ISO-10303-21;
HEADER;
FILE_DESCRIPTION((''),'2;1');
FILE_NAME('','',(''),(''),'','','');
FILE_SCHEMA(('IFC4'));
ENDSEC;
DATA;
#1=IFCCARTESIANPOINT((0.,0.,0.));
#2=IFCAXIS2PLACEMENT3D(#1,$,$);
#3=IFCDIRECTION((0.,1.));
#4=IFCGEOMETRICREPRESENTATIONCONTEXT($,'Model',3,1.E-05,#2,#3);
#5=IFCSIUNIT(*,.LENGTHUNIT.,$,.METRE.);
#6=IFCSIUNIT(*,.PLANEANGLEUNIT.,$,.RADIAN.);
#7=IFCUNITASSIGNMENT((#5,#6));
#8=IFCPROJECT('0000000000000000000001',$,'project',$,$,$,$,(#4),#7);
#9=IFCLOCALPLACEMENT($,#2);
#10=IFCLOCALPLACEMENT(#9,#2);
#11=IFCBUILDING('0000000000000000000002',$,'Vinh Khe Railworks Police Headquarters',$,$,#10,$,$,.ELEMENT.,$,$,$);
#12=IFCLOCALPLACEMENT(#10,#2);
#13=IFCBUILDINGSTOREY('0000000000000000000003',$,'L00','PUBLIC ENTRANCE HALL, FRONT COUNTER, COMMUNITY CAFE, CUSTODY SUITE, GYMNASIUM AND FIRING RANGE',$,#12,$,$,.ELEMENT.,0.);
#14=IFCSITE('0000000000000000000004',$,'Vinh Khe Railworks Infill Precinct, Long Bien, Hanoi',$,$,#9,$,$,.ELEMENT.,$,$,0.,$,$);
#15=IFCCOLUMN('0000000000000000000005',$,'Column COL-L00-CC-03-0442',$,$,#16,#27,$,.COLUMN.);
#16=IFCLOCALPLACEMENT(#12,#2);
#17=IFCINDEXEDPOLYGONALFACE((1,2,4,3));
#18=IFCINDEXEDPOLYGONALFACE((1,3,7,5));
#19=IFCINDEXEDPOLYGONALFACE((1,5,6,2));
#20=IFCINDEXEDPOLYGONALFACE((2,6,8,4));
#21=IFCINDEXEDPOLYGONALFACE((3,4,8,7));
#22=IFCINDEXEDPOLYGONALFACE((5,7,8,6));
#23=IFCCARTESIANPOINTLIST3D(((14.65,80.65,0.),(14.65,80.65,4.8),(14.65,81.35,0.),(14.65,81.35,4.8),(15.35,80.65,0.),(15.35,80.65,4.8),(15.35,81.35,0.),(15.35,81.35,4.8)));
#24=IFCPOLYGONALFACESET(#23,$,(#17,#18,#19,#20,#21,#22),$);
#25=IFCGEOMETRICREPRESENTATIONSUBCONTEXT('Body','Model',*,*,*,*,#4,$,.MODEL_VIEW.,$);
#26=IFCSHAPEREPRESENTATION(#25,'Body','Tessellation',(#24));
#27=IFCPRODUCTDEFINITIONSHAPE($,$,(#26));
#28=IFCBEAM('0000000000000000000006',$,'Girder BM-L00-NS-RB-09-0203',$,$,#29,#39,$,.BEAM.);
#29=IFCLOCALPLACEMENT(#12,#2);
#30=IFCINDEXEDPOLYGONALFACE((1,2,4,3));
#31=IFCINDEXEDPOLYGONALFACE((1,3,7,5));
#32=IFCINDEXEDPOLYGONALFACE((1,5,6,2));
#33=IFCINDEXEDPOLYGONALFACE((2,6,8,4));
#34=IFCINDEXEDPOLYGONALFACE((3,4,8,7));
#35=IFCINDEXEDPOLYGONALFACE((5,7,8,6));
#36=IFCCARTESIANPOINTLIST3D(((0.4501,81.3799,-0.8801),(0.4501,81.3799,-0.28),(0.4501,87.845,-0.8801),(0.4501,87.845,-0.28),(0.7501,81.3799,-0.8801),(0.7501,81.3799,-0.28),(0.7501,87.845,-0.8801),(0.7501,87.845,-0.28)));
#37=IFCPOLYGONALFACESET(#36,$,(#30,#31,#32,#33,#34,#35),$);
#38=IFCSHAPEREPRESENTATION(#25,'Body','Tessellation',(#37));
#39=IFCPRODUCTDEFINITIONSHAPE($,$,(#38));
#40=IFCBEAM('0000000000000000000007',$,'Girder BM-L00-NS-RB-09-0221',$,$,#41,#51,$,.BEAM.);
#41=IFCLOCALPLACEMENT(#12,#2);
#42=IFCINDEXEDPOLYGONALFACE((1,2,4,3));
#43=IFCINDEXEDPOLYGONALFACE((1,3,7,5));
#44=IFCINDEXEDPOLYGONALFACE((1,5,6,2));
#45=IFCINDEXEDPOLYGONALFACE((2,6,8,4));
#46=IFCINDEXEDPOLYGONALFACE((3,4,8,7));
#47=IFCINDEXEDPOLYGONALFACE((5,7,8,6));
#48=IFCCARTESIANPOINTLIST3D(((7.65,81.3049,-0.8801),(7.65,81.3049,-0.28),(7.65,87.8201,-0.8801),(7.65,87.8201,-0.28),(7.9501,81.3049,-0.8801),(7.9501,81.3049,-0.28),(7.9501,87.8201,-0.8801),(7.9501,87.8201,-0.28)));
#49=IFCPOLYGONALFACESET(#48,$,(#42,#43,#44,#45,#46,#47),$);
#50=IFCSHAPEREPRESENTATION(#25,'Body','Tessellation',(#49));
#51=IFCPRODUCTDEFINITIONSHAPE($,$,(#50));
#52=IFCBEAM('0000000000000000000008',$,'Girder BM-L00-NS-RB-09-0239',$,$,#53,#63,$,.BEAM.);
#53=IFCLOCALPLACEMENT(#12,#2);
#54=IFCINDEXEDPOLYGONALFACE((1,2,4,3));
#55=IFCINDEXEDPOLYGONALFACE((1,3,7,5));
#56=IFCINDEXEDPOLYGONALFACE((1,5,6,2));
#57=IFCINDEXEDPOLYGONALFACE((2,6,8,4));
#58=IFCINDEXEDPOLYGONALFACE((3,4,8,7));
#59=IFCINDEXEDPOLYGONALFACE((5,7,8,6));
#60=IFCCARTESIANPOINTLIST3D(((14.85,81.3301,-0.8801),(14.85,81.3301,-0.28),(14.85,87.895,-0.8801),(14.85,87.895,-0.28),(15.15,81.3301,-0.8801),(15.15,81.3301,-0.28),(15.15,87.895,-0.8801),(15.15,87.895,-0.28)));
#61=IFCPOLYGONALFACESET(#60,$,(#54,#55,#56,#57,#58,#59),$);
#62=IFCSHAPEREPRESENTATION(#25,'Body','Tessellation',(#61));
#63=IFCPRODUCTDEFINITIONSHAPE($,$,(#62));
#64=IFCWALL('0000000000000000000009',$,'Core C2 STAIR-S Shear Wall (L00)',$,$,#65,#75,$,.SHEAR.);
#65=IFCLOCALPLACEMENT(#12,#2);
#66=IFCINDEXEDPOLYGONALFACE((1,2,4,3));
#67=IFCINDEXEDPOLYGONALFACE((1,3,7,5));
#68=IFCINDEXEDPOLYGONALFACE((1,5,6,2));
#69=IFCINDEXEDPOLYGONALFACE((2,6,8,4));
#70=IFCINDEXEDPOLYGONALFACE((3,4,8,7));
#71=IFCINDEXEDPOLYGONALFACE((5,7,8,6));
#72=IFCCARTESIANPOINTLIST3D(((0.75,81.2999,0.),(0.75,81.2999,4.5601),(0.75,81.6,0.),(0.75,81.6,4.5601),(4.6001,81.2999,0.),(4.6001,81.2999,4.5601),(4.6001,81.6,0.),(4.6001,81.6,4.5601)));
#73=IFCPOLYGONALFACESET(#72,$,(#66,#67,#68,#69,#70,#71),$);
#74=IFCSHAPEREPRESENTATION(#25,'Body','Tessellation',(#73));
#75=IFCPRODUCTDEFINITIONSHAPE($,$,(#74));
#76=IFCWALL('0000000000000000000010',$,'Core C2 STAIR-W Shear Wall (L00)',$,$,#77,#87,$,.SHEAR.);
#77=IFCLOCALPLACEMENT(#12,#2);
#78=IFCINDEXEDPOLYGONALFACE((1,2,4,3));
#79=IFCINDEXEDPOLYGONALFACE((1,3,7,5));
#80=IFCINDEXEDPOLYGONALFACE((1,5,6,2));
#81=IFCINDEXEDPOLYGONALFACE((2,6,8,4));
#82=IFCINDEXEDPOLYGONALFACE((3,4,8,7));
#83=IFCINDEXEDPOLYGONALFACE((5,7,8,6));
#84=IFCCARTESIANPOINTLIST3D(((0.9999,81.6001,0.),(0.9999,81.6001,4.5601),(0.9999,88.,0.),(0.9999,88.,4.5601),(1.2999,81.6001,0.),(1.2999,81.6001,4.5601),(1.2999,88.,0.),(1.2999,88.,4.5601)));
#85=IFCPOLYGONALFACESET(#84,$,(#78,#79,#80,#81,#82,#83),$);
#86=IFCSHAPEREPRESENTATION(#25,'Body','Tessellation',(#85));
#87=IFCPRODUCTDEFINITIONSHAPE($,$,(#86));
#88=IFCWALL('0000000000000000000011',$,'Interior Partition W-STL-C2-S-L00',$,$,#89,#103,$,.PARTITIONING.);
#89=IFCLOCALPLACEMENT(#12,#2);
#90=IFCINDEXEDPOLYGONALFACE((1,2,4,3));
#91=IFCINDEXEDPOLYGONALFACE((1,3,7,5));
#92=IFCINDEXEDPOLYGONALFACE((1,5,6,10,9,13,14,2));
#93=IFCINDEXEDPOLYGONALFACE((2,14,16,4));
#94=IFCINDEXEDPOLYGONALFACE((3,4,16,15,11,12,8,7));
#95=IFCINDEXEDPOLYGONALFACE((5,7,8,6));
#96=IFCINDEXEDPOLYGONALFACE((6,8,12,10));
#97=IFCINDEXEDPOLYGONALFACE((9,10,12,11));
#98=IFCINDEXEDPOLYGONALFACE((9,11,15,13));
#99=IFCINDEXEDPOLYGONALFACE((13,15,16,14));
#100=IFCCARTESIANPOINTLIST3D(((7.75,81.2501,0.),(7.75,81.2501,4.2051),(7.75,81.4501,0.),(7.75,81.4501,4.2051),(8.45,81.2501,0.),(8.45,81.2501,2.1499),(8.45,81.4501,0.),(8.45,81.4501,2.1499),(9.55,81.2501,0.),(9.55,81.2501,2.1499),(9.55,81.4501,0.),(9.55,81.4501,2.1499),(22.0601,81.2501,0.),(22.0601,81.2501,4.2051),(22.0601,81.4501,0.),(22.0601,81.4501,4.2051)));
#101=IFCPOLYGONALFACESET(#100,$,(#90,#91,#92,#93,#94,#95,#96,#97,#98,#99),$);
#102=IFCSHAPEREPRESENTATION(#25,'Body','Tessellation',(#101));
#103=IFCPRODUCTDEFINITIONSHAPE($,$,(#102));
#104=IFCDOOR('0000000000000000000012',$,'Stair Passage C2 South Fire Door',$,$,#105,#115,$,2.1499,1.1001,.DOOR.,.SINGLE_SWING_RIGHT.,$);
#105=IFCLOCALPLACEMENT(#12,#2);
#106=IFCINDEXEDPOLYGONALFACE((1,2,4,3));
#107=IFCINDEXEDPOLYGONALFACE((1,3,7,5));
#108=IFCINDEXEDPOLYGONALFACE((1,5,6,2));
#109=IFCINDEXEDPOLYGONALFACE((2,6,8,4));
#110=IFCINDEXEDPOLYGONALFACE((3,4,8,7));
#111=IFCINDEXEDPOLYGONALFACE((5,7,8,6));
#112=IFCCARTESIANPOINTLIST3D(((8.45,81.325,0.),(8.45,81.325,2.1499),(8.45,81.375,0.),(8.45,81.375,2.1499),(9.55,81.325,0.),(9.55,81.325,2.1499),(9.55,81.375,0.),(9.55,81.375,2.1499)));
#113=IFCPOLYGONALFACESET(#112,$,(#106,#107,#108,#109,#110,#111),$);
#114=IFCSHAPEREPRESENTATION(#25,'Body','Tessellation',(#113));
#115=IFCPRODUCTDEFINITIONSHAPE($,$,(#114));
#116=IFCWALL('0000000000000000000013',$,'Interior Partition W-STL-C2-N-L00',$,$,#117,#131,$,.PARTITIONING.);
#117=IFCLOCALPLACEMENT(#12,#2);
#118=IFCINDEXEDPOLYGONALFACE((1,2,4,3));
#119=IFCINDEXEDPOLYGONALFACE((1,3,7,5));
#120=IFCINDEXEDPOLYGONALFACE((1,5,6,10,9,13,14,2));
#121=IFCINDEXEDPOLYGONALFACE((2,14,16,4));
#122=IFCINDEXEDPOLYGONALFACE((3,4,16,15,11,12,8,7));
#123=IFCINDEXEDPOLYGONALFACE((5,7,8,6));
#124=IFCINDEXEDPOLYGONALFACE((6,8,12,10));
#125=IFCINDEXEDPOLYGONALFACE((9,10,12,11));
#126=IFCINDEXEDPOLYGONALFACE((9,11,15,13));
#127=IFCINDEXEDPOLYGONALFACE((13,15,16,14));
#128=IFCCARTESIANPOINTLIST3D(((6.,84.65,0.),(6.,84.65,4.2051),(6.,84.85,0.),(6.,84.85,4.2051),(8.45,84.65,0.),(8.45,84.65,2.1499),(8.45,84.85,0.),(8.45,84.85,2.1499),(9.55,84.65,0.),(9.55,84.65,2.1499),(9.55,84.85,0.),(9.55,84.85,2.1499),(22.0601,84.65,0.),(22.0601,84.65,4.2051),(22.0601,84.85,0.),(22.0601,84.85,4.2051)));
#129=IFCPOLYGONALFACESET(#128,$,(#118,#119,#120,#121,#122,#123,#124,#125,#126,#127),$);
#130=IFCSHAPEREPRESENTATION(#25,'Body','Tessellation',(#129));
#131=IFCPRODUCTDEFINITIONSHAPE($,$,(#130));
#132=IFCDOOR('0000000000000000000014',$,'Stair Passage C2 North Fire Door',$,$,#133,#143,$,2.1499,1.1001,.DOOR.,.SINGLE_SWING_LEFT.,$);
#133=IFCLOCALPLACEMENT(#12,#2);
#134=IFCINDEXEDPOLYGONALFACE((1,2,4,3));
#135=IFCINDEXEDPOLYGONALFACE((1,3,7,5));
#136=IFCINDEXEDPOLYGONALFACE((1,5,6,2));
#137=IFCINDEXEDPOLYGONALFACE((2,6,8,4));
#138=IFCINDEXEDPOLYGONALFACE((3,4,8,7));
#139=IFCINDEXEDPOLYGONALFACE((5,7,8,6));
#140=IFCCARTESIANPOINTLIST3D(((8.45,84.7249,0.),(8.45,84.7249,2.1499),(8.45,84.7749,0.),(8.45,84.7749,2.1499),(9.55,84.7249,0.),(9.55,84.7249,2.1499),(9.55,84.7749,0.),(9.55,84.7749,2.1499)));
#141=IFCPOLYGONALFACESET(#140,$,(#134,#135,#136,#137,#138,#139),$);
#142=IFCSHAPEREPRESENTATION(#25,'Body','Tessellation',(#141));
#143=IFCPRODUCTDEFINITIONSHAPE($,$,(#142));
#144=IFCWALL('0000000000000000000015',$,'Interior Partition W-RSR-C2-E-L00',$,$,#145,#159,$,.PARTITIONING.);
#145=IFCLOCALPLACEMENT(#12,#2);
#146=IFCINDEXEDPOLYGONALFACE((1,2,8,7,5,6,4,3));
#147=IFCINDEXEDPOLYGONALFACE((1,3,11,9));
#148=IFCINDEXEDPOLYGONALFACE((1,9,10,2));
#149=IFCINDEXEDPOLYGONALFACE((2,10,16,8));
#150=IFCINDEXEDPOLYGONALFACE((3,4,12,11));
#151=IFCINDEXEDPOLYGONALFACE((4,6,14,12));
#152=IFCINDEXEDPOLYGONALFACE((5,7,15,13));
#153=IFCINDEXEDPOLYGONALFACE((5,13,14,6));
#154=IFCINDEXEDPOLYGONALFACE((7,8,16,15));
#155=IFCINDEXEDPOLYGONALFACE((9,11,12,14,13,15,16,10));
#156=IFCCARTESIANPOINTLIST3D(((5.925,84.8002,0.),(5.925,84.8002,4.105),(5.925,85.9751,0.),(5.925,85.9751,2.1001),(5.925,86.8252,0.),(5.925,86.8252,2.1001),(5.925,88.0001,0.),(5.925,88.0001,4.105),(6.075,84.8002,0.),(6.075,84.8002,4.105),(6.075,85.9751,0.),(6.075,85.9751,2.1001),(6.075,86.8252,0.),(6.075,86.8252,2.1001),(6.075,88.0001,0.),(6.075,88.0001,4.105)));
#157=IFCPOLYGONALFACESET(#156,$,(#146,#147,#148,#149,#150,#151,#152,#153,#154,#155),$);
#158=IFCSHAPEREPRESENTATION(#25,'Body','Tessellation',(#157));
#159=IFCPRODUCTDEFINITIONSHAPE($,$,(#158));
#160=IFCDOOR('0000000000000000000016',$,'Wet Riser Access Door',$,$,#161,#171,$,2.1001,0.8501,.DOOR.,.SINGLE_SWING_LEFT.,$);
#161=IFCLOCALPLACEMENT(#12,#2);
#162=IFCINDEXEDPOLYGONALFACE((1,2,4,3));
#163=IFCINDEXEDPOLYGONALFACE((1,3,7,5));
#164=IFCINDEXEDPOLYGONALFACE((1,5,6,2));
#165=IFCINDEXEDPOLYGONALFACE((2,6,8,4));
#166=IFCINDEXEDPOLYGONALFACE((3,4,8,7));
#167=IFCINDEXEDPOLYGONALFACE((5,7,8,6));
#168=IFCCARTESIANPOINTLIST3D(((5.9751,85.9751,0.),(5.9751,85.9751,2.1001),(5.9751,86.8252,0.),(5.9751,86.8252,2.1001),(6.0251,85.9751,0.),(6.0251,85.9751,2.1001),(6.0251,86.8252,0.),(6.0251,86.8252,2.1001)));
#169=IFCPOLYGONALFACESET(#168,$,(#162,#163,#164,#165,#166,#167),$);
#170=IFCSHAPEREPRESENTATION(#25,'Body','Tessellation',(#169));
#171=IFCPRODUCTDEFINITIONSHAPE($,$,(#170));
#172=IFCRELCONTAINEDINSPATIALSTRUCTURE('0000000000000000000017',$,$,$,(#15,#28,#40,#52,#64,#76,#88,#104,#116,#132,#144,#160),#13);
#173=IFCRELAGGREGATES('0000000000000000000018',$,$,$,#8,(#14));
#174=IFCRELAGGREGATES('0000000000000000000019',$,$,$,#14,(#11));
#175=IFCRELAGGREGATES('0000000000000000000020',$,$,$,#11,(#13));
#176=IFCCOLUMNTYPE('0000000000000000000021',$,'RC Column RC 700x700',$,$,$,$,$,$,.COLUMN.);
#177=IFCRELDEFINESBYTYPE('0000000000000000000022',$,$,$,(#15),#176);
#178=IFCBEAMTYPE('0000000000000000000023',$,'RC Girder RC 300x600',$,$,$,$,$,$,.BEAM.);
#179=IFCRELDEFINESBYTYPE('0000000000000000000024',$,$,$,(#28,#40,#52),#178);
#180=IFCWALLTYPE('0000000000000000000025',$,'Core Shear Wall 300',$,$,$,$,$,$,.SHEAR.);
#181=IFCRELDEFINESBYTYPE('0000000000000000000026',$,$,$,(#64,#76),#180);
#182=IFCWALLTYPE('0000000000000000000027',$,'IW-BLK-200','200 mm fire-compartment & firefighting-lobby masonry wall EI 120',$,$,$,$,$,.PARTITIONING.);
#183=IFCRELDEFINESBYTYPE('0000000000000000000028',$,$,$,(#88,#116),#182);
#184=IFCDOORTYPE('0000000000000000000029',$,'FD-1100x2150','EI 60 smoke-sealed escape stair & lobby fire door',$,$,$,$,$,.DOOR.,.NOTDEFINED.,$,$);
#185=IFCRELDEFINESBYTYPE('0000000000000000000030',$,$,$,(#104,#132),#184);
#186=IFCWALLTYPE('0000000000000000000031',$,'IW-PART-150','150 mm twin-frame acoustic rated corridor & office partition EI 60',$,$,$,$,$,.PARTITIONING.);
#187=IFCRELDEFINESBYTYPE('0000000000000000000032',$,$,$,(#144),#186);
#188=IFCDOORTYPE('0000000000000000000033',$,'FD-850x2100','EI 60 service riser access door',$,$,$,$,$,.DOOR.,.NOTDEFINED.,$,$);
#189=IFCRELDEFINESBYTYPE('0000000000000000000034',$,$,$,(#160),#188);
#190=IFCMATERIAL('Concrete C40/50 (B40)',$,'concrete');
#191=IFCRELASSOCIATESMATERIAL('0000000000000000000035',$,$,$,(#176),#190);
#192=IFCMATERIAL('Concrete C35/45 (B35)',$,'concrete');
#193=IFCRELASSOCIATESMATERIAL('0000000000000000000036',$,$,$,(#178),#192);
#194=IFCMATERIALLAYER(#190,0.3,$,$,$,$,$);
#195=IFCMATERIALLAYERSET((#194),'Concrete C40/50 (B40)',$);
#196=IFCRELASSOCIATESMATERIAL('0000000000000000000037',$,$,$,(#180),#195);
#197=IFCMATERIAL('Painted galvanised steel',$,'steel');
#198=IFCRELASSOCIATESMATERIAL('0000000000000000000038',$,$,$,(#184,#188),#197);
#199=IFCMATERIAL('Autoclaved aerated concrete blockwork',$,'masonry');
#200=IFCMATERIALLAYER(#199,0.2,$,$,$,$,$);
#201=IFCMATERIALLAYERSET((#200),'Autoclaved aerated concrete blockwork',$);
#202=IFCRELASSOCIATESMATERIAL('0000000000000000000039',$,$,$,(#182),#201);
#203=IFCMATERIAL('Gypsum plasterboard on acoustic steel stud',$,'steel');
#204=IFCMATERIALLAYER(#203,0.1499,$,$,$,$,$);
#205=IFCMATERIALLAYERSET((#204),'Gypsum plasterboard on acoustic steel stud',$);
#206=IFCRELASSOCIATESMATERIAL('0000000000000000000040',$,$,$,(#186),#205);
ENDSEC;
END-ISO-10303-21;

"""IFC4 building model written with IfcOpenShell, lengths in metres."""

from ifc_helpers import new_model, si_unit, direction, frame, frame_2d, origin, origin_2d, place, context, subcontext, project, spatial, rectangle, extrude, material, layer, layer_set, material_profile, profile_set, type_object, element, fill, save


model = new_model("IFC4")

# Units and contexts
model_context = context("Model", 3, precision=1e-05, world=origin(), true_north=direction((0.0, 1.0)))
body_context = subcontext(model_context, "Body", "Model", "MODEL_VIEW")
ifc_project = project(units=[si_unit("LENGTHUNIT", "METRE"), si_unit("PLANEANGLEUNIT", "RADIAN")], contexts=[model_context])

# Site, building, storey
site_placement = place(None, origin())
site = spatial("IfcSite", under=ifc_project, at=site_placement, Name="Vinh Khe Railworks Infill Precinct, Long Bien, Hanoi", CompositionType="ELEMENT", RefElevation=0.0)
building_placement = place(site_placement, origin())
building = spatial("IfcBuilding", under=site, at=building_placement, Name="Vinh Khe Railworks Police Headquarters", CompositionType="ELEMENT")
storey_placement = place(building_placement, origin())
storey = spatial("IfcBuildingStorey", under=building, at=storey_placement, Name="L00", Description="PUBLIC ENTRANCE HALL, FRONT COUNTER, COMMUNITY CAFE, CUSTODY SUITE, GYMNASIUM AND FIRING RANGE", CompositionType="ELEMENT", Elevation=0.0)

# Column
ifc_material_1 = material(Name="Concrete C40/50 (B40)", Category="concrete")
ifc_material_profile_1 = material_profile(ifc_material_1, rectangle(XDim=0.7, YDim=0.7, at=origin_2d()), Name="RC 700x700")
ifc_profile_set_1 = profile_set([ifc_material_profile_1], Name="Concrete C40/50 (B40)")
column_type = type_object("IfcColumnType", Name="RC Column RC 700x700", PredefinedType="COLUMN", material=ifc_profile_set_1)
column_placement = place(storey_placement, frame((15.0, 81.0, 0.0), z_axis=(0.0, 0.0, 1.0), x_axis=(1.0, 0.0, 0.0)))
element("IfcColumn", 1, at=column_placement, inside=storey, type_object=column_type, Name="Column COL-L00-CC-03-0442", PredefinedType="COLUMN", context=body_context, shape_type="SweptSolid", body=[
    extrude(rectangle(XDim=0.7, YDim=0.7, at=origin_2d()), origin(), (0.0, 0.0, 1.0), 4.8),
])

# Beams
ifc_material_2 = material(Name="Concrete C35/45 (B35)", Category="concrete")
ifc_material_profile_2 = material_profile(ifc_material_2, rectangle(XDim=0.3, YDim=0.6001, at=origin_2d()), Name="RC 300x600")
ifc_profile_set_2 = profile_set([ifc_material_profile_2], Name="Concrete C35/45 (B35)")
beam_type = type_object("IfcBeamType", Name="RC Girder RC 300x600", PredefinedType="BEAM", material=ifc_profile_set_2)
beam_1_placement = place(storey_placement, frame((0.6001, 81.3799, -0.5801), z_axis=(0.0, 1.0, 0.0), x_axis=(-1.0, 0.0, 0.0)))
element("IfcBeam", 2, at=beam_1_placement, inside=storey, type_object=beam_type, Name="Girder BM-L00-NS-RB-09-0203", PredefinedType="BEAM", context=body_context, shape_type="SweptSolid", body=[
    extrude(rectangle(XDim=0.3, YDim=0.6001, at=origin_2d()), origin(), (0.0, 0.0, 1.0), 6.4651),
])
beam_2_placement = place(storey_placement, frame((7.8, 81.3049, -0.5801), z_axis=(0.0, 1.0, 0.0), x_axis=(-1.0, 0.0, 0.0)))
element("IfcBeam", 3, at=beam_2_placement, inside=storey, type_object=beam_type, Name="Girder BM-L00-NS-RB-09-0221", PredefinedType="BEAM", context=body_context, shape_type="SweptSolid", body=[
    extrude(rectangle(XDim=0.3, YDim=0.6001, at=origin_2d()), origin(), (0.0, 0.0, 1.0), 6.5151),
])
beam_3_placement = place(storey_placement, frame((15.0, 81.3301, -0.5801), z_axis=(0.0, 1.0, 0.0), x_axis=(-1.0, 0.0, 0.0)))
element("IfcBeam", 4, at=beam_3_placement, inside=storey, type_object=beam_type, Name="Girder BM-L00-NS-RB-09-0239", PredefinedType="BEAM", context=body_context, shape_type="SweptSolid", body=[
    extrude(rectangle(XDim=0.3, YDim=0.6001, at=origin_2d()), origin(), (0.0, 0.0, 1.0), 6.5649),
])

# Walls
ifc_layer_1 = layer(ifc_material_1, 0.3)
ifc_layer_set_1 = layer_set([ifc_layer_1], Name="Concrete C40/50 (B40)")
wall_type_1 = type_object("IfcWallType", Name="Core Shear Wall 300", PredefinedType="SHEAR", material=ifc_layer_set_1)
wall_1_placement = place(storey_placement, frame((0.75, 81.45, 0.0), z_axis=(0.0, 0.0, 1.0), x_axis=(1.0, 0.0, 0.0)))
element("IfcWall", 5, at=wall_1_placement, inside=storey, type_object=wall_type_1, Name="Core C2 STAIR-S Shear Wall (L00)", PredefinedType="SHEAR", context=body_context, shape_type="SweptSolid", body=[
    extrude(rectangle(XDim=3.8501, YDim=0.3, at=frame_2d((1.925, 0.0))), origin(), (0.0, 0.0, 1.0), 4.5601),
])
wall_2_placement = place(storey_placement, frame((1.1499, 81.6001, 0.0), z_axis=(0.0, 0.0, 1.0), x_axis=(0.0, 1.0, 0.0)))
element("IfcWall", 6, at=wall_2_placement, inside=storey, type_object=wall_type_1, Name="Core C2 STAIR-W Shear Wall (L00)", PredefinedType="SHEAR", context=body_context, shape_type="SweptSolid", body=[
    extrude(rectangle(XDim=6.3999, YDim=0.3, at=frame_2d((3.2, 0.0))), origin(), (0.0, 0.0, 1.0), 4.5601),
])

# Walls, openings, doors
ifc_material_3 = material(Name="Painted galvanised steel", Category="steel")
door_type_1 = type_object("IfcDoorType", Name="FD-1100x2150", Description="EI 60 smoke-sealed escape stair & lobby fire door", OperationType="NOTDEFINED", PredefinedType="DOOR", material=ifc_material_3)
ifc_material_4 = material(Name="Autoclaved aerated concrete blockwork", Category="masonry")
ifc_layer_2 = layer(ifc_material_4, 0.2)
ifc_layer_set_2 = layer_set([ifc_layer_2], Name="Autoclaved aerated concrete blockwork")
wall_type_2 = type_object("IfcWallType", Name="IW-BLK-200", Description="200 mm fire-compartment & firefighting-lobby masonry wall EI 120", PredefinedType="PARTITIONING", material=ifc_layer_set_2)
wall_3_placement = place(storey_placement, frame((7.75, 81.3501, 0.0), z_axis=(0.0, 0.0, 1.0), x_axis=(1.0, 0.0, 0.0)))
wall_3 = element("IfcWall", 7, at=wall_3_placement, inside=storey, type_object=wall_type_2, Name="Interior Partition W-STL-C2-S-L00", PredefinedType="PARTITIONING", context=body_context, shape_type="SweptSolid", body=[
    extrude(rectangle(XDim=14.3101, YDim=0.2, at=frame_2d((7.155, 0.0))), origin(), (0.0, 0.0, 1.0), 4.2051),
])
opening_1_placement = place(wall_3_placement, frame((0.7, 0.0, 0.0)))
opening_1 = element("IfcOpeningElement", 8, at=opening_1_placement, cuts=wall_3, PredefinedType="OPENING", context=body_context, shape_type="SweptSolid", body=[
    extrude(rectangle(XDim=1.1001, YDim=2.1499, at=frame_2d((0.55, 1.075))), frame((0.0, 0.1147, 0.0), z_axis=(0.0, -1.0, 0.0), x_axis=(1.0, 0.0, 0.0)), (0.0, 0.0, 1.0), 0.2297),
])
door_1_placement = place(opening_1_placement, origin())
door_1 = element("IfcDoor", 9, at=door_1_placement, inside=storey, type_object=door_type_1, Name="Stair Passage C2 South Fire Door", OperationType="SINGLE_SWING_RIGHT", OverallHeight=2.1499, OverallWidth=1.1001, PredefinedType="DOOR", context=body_context, shape_type="SweptSolid", body=[
    extrude(rectangle(XDim=1.1001, YDim=2.1499, at=frame_2d((0.55, 1.075))), frame((0.0, 0.0249, 0.0), z_axis=(0.0, -1.0, 0.0), x_axis=(1.0, 0.0, 0.0)), (0.0, 0.0, 1.0), 0.05),
])
fill(opening_1, door_1)
wall_4_placement = place(storey_placement, frame((6.0, 84.75, 0.0), z_axis=(0.0, 0.0, 1.0), x_axis=(1.0, 0.0, 0.0)))
wall_4 = element("IfcWall", 10, at=wall_4_placement, inside=storey, type_object=wall_type_2, Name="Interior Partition W-STL-C2-N-L00", PredefinedType="PARTITIONING", context=body_context, shape_type="SweptSolid", body=[
    extrude(rectangle(XDim=16.0601, YDim=0.2, at=frame_2d((8.03, 0.0))), origin(), (0.0, 0.0, 1.0), 4.2051),
])
opening_2_placement = place(wall_4_placement, frame((2.45, 0.0, 0.0)))
opening_2 = element("IfcOpeningElement", 11, at=opening_2_placement, cuts=wall_4, PredefinedType="OPENING", context=body_context, shape_type="SweptSolid", body=[
    extrude(rectangle(XDim=1.1001, YDim=2.1499, at=frame_2d((0.55, 1.075))), frame((0.0, 0.1147, 0.0), z_axis=(0.0, -1.0, 0.0), x_axis=(1.0, 0.0, 0.0)), (0.0, 0.0, 1.0), 0.2297),
])
door_2_placement = place(opening_2_placement, origin())
door_2 = element("IfcDoor", 12, at=door_2_placement, inside=storey, type_object=door_type_1, Name="Stair Passage C2 North Fire Door", OperationType="SINGLE_SWING_LEFT", OverallHeight=2.1499, OverallWidth=1.1001, PredefinedType="DOOR", context=body_context, shape_type="SweptSolid", body=[
    extrude(rectangle(XDim=1.1001, YDim=2.1499, at=frame_2d((0.55, 1.075))), frame((0.0, 0.0249, 0.0), z_axis=(0.0, -1.0, 0.0), x_axis=(1.0, 0.0, 0.0)), (0.0, 0.0, 1.0), 0.05),
])
fill(opening_2, door_2)
ifc_material_5 = material(Name="Gypsum plasterboard on acoustic steel stud", Category="steel")
ifc_layer_3 = layer(ifc_material_5, 0.1499)
ifc_layer_set_3 = layer_set([ifc_layer_3], Name="Gypsum plasterboard on acoustic steel stud")
wall_type_3 = type_object("IfcWallType", Name="IW-PART-150", Description="150 mm twin-frame acoustic rated corridor & office partition EI 60", PredefinedType="PARTITIONING", material=ifc_layer_set_3)
wall_5_placement = place(storey_placement, frame((6.0, 84.8, 0.0), z_axis=(0.0, 0.0, 1.0), x_axis=(0.0, 1.0, 0.0)))
wall_5 = element("IfcWall", 13, at=wall_5_placement, inside=storey, type_object=wall_type_3, Name="Interior Partition W-RSR-C2-E-L00", PredefinedType="PARTITIONING", context=body_context, shape_type="SweptSolid", body=[
    extrude(rectangle(XDim=3.2, YDim=0.1499, at=frame_2d((1.6001, 0.0))), origin(), (0.0, 0.0, 1.0), 4.105),
])
opening_3_placement = place(wall_5_placement, frame((1.175, 0.0, 0.0)))
opening_3 = element("IfcOpeningElement", 14, at=opening_3_placement, cuts=wall_5, PredefinedType="OPENING", context=body_context, shape_type="SweptSolid", body=[
    extrude(rectangle(XDim=0.8501, YDim=2.1001, at=frame_2d((0.425, 1.05))), frame((0.0, 0.0898, 0.0), z_axis=(0.0, -1.0, 0.0), x_axis=(1.0, 0.0, 0.0)), (0.0, 0.0, 1.0), 0.1797),
])
door_type_2 = type_object("IfcDoorType", Name="FD-850x2100", Description="EI 60 service riser access door", OperationType="NOTDEFINED", PredefinedType="DOOR", material=ifc_material_3)
door_3_placement = place(opening_3_placement, origin())
door_3 = element("IfcDoor", 15, at=door_3_placement, inside=storey, type_object=door_type_2, Name="Wet Riser Access Door", OperationType="SINGLE_SWING_LEFT", OverallHeight=2.1001, OverallWidth=0.8501, PredefinedType="DOOR", context=body_context, shape_type="SweptSolid", body=[
    extrude(rectangle(XDim=0.8501, YDim=2.1001, at=frame_2d((0.425, 1.05))), frame((0.0, 0.0249, 0.0), z_axis=(0.0, -1.0, 0.0), x_axis=(1.0, 0.0, 0.0)), (0.0, 0.0, 1.0), 0.05),
])
fill(opening_3, door_3)

save(model, "model.ifc")
